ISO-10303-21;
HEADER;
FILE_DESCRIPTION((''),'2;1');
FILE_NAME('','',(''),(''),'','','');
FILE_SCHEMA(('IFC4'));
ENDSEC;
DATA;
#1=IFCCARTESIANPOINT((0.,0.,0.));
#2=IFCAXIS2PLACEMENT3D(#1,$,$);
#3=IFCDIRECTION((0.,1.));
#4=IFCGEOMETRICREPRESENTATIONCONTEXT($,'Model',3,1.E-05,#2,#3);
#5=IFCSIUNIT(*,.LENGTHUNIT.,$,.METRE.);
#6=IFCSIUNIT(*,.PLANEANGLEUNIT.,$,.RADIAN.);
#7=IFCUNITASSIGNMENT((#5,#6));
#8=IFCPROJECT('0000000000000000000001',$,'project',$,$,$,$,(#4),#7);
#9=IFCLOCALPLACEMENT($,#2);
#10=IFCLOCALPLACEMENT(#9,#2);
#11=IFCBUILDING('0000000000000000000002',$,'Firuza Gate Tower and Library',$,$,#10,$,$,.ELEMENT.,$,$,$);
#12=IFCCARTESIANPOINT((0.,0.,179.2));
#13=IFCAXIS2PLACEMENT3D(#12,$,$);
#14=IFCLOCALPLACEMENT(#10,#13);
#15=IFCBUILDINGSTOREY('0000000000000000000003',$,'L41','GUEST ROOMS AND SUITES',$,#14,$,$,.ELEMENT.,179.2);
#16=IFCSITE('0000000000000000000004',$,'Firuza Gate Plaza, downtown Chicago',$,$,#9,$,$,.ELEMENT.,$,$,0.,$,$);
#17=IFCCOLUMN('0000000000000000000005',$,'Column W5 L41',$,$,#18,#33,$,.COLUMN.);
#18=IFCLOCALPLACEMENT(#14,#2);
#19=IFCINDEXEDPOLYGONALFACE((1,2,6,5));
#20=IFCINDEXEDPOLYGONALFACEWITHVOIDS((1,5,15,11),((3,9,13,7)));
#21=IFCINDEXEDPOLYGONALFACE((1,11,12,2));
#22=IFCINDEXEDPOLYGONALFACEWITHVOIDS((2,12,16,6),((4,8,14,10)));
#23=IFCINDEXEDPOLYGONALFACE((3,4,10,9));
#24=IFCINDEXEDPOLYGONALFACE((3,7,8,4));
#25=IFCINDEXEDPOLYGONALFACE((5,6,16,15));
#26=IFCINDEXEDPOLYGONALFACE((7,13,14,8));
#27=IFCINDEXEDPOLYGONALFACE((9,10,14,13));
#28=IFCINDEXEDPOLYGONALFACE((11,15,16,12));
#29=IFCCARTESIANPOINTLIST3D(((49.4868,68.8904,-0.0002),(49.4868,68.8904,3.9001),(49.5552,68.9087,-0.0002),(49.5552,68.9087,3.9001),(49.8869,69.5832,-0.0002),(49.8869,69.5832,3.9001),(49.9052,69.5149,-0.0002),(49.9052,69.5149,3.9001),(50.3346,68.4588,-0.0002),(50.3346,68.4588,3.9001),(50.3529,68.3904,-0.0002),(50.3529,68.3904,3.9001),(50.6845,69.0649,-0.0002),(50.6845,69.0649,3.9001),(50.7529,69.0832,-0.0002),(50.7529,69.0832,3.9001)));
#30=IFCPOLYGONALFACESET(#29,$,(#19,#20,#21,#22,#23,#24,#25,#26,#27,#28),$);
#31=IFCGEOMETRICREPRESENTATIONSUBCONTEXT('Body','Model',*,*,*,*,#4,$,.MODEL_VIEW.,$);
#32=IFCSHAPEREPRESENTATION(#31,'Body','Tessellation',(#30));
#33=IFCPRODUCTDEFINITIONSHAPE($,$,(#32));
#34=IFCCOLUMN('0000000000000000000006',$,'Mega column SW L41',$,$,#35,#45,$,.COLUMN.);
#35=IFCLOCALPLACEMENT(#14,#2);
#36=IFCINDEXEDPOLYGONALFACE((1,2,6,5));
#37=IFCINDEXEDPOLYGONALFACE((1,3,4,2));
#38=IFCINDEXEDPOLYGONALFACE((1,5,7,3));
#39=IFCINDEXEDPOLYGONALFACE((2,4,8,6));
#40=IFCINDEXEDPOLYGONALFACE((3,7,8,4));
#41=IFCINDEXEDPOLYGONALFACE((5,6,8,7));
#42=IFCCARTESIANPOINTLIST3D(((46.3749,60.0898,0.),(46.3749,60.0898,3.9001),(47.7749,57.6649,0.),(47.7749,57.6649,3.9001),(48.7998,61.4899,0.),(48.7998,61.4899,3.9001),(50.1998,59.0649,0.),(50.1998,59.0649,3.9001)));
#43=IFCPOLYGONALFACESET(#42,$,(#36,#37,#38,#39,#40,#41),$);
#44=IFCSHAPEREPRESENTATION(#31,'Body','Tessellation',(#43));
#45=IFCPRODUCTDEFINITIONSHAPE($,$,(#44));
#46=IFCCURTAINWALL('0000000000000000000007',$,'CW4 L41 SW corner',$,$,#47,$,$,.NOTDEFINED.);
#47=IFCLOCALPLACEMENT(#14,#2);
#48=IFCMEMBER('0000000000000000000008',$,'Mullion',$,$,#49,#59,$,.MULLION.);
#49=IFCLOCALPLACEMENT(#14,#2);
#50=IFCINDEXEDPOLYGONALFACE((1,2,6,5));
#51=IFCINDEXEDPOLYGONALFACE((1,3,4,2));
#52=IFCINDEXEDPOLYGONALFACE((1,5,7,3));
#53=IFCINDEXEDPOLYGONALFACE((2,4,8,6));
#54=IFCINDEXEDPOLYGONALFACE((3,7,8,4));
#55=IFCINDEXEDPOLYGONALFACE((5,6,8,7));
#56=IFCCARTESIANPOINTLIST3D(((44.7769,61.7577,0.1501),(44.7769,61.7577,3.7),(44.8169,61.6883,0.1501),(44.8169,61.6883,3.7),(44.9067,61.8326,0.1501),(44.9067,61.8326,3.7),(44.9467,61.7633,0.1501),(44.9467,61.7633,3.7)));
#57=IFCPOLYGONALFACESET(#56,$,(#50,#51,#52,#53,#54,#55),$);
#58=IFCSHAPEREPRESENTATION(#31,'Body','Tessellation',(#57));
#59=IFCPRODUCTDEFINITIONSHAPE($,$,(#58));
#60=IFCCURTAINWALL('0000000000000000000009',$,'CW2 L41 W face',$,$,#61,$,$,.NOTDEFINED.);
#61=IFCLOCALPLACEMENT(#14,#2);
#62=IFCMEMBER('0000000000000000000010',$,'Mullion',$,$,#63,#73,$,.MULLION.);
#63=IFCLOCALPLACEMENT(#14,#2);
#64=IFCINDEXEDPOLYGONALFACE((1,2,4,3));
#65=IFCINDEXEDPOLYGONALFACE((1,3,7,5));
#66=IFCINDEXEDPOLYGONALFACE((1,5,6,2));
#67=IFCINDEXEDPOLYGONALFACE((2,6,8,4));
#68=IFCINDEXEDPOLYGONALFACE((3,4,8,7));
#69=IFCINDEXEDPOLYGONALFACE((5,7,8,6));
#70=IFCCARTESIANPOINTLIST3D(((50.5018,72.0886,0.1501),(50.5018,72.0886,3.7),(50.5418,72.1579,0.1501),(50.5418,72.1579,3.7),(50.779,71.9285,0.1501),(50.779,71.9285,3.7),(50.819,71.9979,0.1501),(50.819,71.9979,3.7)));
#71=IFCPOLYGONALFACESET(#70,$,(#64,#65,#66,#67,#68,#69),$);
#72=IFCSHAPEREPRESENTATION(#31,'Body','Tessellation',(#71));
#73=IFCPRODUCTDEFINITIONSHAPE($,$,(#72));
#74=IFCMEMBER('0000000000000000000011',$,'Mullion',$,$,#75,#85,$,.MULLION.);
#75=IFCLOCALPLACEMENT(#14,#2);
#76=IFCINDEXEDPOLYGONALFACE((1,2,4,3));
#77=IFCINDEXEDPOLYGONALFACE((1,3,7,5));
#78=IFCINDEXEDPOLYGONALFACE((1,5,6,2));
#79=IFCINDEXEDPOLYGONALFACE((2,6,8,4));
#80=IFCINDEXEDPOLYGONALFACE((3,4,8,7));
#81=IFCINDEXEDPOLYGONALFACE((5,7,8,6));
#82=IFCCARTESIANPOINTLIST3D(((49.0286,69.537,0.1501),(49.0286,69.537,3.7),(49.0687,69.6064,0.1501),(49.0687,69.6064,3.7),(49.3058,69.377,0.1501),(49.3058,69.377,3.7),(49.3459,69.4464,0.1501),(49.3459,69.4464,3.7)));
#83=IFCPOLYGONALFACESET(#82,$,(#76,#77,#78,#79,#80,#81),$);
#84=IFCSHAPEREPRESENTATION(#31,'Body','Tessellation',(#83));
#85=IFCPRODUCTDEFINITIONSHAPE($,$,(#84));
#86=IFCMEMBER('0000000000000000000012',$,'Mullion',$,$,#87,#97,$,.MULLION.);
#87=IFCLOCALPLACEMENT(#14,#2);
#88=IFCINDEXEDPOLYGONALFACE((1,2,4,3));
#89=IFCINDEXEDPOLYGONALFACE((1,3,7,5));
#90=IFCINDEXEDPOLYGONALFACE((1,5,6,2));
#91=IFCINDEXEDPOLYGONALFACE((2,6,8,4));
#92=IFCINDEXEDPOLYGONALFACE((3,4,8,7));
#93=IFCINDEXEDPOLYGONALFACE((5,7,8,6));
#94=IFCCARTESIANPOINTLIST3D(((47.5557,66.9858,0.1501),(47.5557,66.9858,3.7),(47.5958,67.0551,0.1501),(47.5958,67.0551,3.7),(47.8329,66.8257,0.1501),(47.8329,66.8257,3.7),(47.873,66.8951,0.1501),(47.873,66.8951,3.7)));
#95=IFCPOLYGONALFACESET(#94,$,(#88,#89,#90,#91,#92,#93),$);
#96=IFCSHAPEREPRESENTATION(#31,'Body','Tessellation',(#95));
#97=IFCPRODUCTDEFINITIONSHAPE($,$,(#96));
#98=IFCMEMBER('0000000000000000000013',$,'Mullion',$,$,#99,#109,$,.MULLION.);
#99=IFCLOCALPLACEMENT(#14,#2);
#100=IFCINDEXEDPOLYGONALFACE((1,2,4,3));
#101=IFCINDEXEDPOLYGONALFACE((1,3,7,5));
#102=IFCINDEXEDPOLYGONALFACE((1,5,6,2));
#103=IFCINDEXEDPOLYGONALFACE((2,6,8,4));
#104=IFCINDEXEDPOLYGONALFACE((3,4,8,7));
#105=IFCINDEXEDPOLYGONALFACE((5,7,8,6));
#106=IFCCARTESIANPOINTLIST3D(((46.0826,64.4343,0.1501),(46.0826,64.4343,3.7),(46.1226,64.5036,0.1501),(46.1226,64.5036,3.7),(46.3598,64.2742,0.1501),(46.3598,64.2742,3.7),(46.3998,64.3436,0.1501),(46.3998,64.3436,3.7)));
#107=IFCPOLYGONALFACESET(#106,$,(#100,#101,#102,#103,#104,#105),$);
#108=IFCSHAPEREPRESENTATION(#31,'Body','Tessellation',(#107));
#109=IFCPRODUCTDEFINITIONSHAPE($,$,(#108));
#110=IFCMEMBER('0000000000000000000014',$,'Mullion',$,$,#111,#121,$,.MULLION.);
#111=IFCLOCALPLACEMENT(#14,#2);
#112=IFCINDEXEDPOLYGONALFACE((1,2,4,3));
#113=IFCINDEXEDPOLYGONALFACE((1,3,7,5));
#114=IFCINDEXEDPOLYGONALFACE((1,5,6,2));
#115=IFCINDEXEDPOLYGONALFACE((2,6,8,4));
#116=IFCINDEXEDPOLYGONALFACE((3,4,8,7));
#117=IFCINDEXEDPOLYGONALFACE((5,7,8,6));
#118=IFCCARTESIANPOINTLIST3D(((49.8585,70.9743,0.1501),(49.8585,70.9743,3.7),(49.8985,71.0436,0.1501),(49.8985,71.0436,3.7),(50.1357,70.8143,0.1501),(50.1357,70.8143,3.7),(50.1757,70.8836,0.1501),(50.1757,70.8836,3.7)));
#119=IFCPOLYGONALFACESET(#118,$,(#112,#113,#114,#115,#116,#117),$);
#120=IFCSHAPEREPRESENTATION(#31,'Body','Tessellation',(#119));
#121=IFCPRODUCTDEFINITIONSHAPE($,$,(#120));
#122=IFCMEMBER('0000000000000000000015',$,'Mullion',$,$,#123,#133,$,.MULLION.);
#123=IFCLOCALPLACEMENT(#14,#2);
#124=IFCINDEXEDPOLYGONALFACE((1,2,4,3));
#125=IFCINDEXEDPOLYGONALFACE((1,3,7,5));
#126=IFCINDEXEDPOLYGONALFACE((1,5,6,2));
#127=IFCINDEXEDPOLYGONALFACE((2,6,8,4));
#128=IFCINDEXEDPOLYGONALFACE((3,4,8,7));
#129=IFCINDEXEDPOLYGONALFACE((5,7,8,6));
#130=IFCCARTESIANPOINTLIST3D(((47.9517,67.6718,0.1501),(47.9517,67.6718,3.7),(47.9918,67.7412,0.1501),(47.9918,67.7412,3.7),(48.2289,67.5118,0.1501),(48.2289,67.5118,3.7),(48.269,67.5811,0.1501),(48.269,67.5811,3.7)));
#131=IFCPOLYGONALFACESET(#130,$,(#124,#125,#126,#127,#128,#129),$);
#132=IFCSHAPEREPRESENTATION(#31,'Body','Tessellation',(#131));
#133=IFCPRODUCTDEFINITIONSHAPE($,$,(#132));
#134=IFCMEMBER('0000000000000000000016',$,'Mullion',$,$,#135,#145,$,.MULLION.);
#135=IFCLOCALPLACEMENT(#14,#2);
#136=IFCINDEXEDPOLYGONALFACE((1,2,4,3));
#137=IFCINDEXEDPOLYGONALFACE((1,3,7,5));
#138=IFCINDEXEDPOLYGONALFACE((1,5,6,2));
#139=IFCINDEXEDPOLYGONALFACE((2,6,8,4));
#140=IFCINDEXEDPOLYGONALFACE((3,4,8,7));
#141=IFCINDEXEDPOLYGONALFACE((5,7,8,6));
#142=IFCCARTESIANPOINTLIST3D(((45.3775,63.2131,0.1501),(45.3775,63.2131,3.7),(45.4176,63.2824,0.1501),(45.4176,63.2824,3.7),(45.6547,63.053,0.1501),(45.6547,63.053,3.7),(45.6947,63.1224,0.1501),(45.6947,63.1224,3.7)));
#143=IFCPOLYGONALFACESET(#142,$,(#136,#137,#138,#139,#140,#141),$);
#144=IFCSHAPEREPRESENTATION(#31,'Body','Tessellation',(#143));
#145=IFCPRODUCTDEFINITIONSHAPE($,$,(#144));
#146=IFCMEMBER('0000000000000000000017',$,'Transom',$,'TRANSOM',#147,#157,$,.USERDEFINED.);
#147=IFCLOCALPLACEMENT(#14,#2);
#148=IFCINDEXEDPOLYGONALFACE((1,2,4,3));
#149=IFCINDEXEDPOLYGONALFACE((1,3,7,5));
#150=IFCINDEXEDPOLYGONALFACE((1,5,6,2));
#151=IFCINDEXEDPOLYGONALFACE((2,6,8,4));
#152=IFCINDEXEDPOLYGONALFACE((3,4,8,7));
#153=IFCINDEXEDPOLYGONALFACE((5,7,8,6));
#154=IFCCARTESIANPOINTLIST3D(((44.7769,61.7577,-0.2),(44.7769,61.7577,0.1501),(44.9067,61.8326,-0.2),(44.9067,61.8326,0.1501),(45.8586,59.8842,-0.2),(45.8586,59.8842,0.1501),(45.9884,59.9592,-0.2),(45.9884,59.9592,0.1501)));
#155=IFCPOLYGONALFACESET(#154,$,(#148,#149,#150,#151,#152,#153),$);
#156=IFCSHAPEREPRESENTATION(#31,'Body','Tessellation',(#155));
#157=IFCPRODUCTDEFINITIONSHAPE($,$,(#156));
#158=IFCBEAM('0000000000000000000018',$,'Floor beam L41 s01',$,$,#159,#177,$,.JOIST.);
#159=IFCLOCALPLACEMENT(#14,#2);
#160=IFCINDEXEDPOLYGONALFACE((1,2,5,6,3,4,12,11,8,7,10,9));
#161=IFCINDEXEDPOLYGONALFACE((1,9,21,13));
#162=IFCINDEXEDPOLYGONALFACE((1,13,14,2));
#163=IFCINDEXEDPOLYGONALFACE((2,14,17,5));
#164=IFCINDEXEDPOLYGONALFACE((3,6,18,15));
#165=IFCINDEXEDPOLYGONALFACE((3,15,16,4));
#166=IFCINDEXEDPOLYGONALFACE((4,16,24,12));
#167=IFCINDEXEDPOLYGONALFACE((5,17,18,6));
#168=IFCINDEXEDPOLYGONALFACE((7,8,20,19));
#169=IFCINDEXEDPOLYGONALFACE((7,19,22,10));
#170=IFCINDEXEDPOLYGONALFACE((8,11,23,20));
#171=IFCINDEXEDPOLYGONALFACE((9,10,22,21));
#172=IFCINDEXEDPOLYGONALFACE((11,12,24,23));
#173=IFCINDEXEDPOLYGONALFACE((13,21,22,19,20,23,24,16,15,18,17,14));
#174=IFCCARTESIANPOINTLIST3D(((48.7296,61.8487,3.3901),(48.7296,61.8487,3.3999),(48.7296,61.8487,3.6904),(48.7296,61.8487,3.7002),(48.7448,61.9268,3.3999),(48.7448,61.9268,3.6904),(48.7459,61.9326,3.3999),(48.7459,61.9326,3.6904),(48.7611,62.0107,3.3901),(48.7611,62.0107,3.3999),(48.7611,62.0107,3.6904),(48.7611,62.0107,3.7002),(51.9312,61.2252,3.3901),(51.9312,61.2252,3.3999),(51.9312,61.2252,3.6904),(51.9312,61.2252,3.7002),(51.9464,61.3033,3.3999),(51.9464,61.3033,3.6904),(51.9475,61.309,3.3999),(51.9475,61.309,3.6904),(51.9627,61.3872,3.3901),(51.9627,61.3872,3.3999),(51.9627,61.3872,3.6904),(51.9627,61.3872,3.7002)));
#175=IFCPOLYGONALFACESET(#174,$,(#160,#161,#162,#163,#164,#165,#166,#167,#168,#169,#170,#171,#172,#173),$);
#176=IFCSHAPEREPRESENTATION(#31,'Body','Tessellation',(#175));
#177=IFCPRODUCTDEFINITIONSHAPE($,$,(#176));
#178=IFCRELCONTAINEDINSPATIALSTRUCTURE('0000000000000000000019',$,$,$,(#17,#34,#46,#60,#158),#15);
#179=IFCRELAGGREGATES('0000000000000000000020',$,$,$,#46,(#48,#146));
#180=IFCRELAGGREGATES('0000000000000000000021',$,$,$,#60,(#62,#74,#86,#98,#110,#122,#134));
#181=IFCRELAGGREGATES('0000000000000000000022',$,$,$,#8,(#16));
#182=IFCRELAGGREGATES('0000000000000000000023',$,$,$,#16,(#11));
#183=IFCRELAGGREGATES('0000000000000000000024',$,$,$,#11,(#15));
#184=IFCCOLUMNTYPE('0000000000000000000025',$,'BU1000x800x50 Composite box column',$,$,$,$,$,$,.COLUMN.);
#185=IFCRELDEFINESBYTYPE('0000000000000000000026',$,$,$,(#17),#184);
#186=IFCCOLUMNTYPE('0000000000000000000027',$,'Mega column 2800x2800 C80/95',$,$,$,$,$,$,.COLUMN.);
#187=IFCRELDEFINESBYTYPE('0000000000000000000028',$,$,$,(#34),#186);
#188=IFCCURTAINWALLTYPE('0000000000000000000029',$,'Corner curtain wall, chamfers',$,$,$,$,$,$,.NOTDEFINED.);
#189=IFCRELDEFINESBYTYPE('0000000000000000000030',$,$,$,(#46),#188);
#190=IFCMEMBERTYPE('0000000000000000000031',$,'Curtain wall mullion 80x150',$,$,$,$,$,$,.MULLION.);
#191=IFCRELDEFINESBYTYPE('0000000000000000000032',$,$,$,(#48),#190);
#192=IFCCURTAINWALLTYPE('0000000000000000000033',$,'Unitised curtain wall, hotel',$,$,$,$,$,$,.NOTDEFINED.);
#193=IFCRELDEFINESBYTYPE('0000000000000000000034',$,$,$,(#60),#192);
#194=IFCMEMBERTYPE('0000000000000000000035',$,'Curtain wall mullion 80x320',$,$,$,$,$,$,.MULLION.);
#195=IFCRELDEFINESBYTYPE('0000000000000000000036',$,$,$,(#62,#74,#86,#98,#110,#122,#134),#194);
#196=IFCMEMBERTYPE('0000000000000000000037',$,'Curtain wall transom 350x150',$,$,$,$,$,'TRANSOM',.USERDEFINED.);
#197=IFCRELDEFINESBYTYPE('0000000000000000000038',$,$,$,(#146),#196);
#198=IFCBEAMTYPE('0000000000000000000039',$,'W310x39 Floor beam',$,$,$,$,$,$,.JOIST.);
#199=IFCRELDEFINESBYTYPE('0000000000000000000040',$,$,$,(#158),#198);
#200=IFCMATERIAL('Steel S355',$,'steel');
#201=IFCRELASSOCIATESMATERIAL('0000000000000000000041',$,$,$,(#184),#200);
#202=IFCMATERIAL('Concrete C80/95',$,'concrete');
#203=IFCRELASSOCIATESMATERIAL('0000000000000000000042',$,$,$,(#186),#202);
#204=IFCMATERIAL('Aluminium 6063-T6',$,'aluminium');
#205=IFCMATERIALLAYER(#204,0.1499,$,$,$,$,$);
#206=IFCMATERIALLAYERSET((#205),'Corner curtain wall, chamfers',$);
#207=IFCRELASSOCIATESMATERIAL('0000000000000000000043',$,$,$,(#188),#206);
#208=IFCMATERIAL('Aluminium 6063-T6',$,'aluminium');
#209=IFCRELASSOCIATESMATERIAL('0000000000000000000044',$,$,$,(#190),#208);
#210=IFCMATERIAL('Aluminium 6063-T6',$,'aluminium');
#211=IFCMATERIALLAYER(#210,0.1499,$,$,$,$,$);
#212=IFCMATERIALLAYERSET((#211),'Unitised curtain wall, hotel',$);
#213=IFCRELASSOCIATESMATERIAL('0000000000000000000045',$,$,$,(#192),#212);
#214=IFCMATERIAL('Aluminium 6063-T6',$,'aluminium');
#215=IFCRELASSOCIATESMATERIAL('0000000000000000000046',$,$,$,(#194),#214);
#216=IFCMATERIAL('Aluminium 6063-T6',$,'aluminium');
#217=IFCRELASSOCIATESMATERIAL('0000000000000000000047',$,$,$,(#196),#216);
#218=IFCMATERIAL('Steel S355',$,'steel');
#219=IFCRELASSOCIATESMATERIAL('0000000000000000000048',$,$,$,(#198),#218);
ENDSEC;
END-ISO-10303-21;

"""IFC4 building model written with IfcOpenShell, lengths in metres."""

from ifc_helpers import new_model, si_unit, direction, frame, origin, origin_2d, place, context, subcontext, project, spatial, rectangle, hollow_rectangle, i_section, extrude, material, layer, layer_set, material_profile, profile_set, type_object, element, aggregate, save


model = new_model("IFC4")

# Units and contexts
model_context = context("Model", 3, precision=1e-05, world=origin(), true_north=direction((0.0, 1.0)))
body_context = subcontext(model_context, "Body", "Model", "MODEL_VIEW")
ifc_project = project(units=[si_unit("LENGTHUNIT", "METRE"), si_unit("PLANEANGLEUNIT", "RADIAN")], contexts=[model_context])

# Site, building, storey
site_placement = place(None, origin())
site = spatial("IfcSite", under=ifc_project, at=site_placement, Name="Firuza Gate Plaza, downtown Chicago", CompositionType="ELEMENT", RefElevation=0.0)
building_placement = place(site_placement, origin())
building = spatial("IfcBuilding", under=site, at=building_placement, Name="Firuza Gate Tower and Library", CompositionType="ELEMENT")
storey_placement = place(building_placement, frame((0.0, 0.0, 179.2)))
storey = spatial("IfcBuildingStorey", under=building, at=storey_placement, Name="L41", Description="GUEST ROOMS AND SUITES", CompositionType="ELEMENT", Elevation=179.2)

# Columns
ifc_material_1 = material(Name="Steel S355", Category="steel")
ifc_material_profile_1 = material_profile(ifc_material_1, hollow_rectangle(XDim=0.8, YDim=1.0, WallThickness=0.05, at=origin_2d()))
ifc_profile_set_1 = profile_set([ifc_material_profile_1], Name="Steel S355")
column_type_1 = type_object("IfcColumnType", Name="BU1000x800x50 Composite box column", PredefinedType="COLUMN", material=ifc_profile_set_1)
column_1_placement = place(storey_placement, frame((50.1199, 68.9868, -0.0002), z_axis=(0.0, 0.0, 1.0), x_axis=(-0.5, -0.866025, 0.0)))
element("IfcColumn", 1, at=column_1_placement, inside=storey, type_object=column_type_1, Name="Column W5 L41", PredefinedType="COLUMN", context=body_context, shape_type="SweptSolid", body=[
    extrude(hollow_rectangle(XDim=0.8, YDim=1.0, WallThickness=0.05, at=origin_2d()), origin(), (0.0, 0.0, 1.0), 3.9004),
])
ifc_material_2 = material(Name="Concrete C80/95", Category="concrete")
ifc_material_profile_2 = material_profile(ifc_material_2, rectangle(XDim=2.8, YDim=2.8, at=origin_2d()))
ifc_profile_set_2 = profile_set([ifc_material_profile_2], Name="Concrete C80/95")
column_type_2 = type_object("IfcColumnType", Name="Mega column 2800x2800 C80/95", PredefinedType="COLUMN", material=ifc_profile_set_2)
column_2_placement = place(storey_placement, frame((48.2874, 59.5774, 0.0), z_axis=(0.0, 0.0, 1.0), x_axis=(0.5, -0.866025, 0.0)))
element("IfcColumn", 2, at=column_2_placement, inside=storey, type_object=column_type_2, Name="Mega column SW L41", PredefinedType="COLUMN", context=body_context, shape_type="SweptSolid", body=[
    extrude(rectangle(XDim=2.8, YDim=2.8, at=origin_2d()), origin(), (0.0, 0.0, 1.0), 3.9001),
])

# Curtain wall, member
ifc_material_3 = material(Name="Aluminium 6063-T6", Category="aluminium")
ifc_layer_1 = layer(ifc_material_3, 0.1499)
ifc_layer_set_1 = layer_set([ifc_layer_1], Name="Corner curtain wall, chamfers")
curtain_wall_type_1 = type_object("IfcCurtainWallType", Name="Corner curtain wall, chamfers", PredefinedType="NOTDEFINED", material=ifc_layer_set_1)
placement = place(storey_placement, origin())
curtain_wall_1 = element("IfcCurtainWall", 3, at=placement, inside=storey, type_object=curtain_wall_type_1, Name="CW4 L41 SW corner", PredefinedType="NOTDEFINED")
ifc_material_4 = material(Name="Aluminium 6063-T6", Category="aluminium")
ifc_material_profile_3 = material_profile(ifc_material_4, rectangle(XDim=0.1499, YDim=0.0801, at=origin_2d()))
ifc_profile_set_3 = profile_set([ifc_material_profile_3], Name="Aluminium 6063-T6")
member_type_1 = type_object("IfcMemberType", Name="Curtain wall mullion 80x150", PredefinedType="MULLION", material=ifc_profile_set_3)
member_1_placement = place(storey_placement, frame((44.8618, 61.7605, 0.1501), z_axis=(0.0, 0.0, 1.0), x_axis=(0.866025, 0.5, 0.0)))
member_1 = element("IfcMember", 4, at=member_1_placement, type_object=member_type_1, Name="Mullion", PredefinedType="MULLION", context=body_context, shape_type="SweptSolid", body=[
    extrude(rectangle(XDim=0.1499, YDim=0.0801, at=origin_2d()), origin(), (0.0, 0.0, 1.0), 3.5498),
])

# Curtain wall, members
ifc_material_5 = material(Name="Aluminium 6063-T6", Category="aluminium")
ifc_layer_2 = layer(ifc_material_5, 0.1499)
ifc_layer_set_2 = layer_set([ifc_layer_2], Name="Unitised curtain wall, hotel")
curtain_wall_type_2 = type_object("IfcCurtainWallType", Name="Unitised curtain wall, hotel", PredefinedType="NOTDEFINED", material=ifc_layer_set_2)
curtain_wall_2 = element("IfcCurtainWall", 5, at=placement, inside=storey, type_object=curtain_wall_type_2, Name="CW2 L41 W face", PredefinedType="NOTDEFINED")
ifc_material_6 = material(Name="Aluminium 6063-T6", Category="aluminium")
ifc_material_profile_4 = material_profile(ifc_material_6, rectangle(XDim=0.3201, YDim=0.0801, at=origin_2d()))
ifc_profile_set_4 = profile_set([ifc_material_profile_4], Name="Aluminium 6063-T6")
member_type_2 = type_object("IfcMemberType", Name="Curtain wall mullion 80x320", PredefinedType="MULLION", material=ifc_profile_set_4)
member_2_placement = place(storey_placement, frame((50.6604, 72.0432, 0.1501), z_axis=(0.0, 0.0, 1.0), x_axis=(0.866025, -0.5, 0.0)))
member_2 = element("IfcMember", 6, at=member_2_placement, type_object=member_type_2, Name="Mullion", PredefinedType="MULLION", context=body_context, shape_type="SweptSolid", body=[
    extrude(rectangle(XDim=0.3201, YDim=0.0801, at=origin_2d()), origin(), (0.0, 0.0, 1.0), 3.5498),
])
member_3_placement = place(storey_placement, frame((49.1873, 69.4917, 0.1501), z_axis=(0.0, 0.0, 1.0), x_axis=(0.866025, -0.5, 0.0)))
member_3 = element("IfcMember", 7, at=member_3_placement, type_object=member_type_2, Name="Mullion", PredefinedType="MULLION", context=body_context, shape_type="SweptSolid", body=[
    extrude(rectangle(XDim=0.3201, YDim=0.0801, at=origin_2d()), origin(), (0.0, 0.0, 1.0), 3.5498),
])
member_4_placement = place(storey_placement, frame((47.7144, 66.9404, 0.1501), z_axis=(0.0, 0.0, 1.0), x_axis=(0.866025, -0.5, 0.0)))
member_4 = element("IfcMember", 8, at=member_4_placement, type_object=member_type_2, Name="Mullion", PredefinedType="MULLION", context=body_context, shape_type="SweptSolid", body=[
    extrude(rectangle(XDim=0.3201, YDim=0.0801, at=origin_2d()), origin(), (0.0, 0.0, 1.0), 3.5498),
])
member_5_placement = place(storey_placement, frame((46.2412, 64.3889, 0.1501), z_axis=(0.0, 0.0, 1.0), x_axis=(0.866025, -0.5, 0.0)))
member_5 = element("IfcMember", 9, at=member_5_placement, type_object=member_type_2, Name="Mullion", PredefinedType="MULLION", context=body_context, shape_type="SweptSolid", body=[
    extrude(rectangle(XDim=0.3201, YDim=0.0801, at=origin_2d()), origin(), (0.0, 0.0, 1.0), 3.5498),
])
member_6_placement = place(storey_placement, frame((50.0171, 70.929, 0.1501), z_axis=(0.0, 0.0, 1.0), x_axis=(0.866025, -0.5, 0.0)))
member_6 = element("IfcMember", 10, at=member_6_placement, type_object=member_type_2, Name="Mullion", PredefinedType="MULLION", context=body_context, shape_type="SweptSolid", body=[
    extrude(rectangle(XDim=0.3201, YDim=0.0801, at=origin_2d()), origin(), (0.0, 0.0, 1.0), 3.5498),
])
member_7_placement = place(storey_placement, frame((48.1104, 67.6265, 0.1501), z_axis=(0.0, 0.0, 1.0), x_axis=(0.866025, -0.5, 0.0)))
member_7 = element("IfcMember", 11, at=member_7_placement, type_object=member_type_2, Name="Mullion", PredefinedType="MULLION", context=body_context, shape_type="SweptSolid", body=[
    extrude(rectangle(XDim=0.3201, YDim=0.0801, at=origin_2d()), origin(), (0.0, 0.0, 1.0), 3.5498),
])
member_8_placement = place(storey_placement, frame((45.5361, 63.1677, 0.1501), z_axis=(0.0, 0.0, 1.0), x_axis=(0.866025, -0.5, 0.0)))
member_8 = element("IfcMember", 12, at=member_8_placement, type_object=member_type_2, Name="Mullion", PredefinedType="MULLION", context=body_context, shape_type="SweptSolid", body=[
    extrude(rectangle(XDim=0.3201, YDim=0.0801, at=origin_2d()), origin(), (0.0, 0.0, 1.0), 3.5498),
])

# Member
ifc_material_7 = material(Name="Aluminium 6063-T6", Category="aluminium")
ifc_material_profile_5 = material_profile(ifc_material_7, rectangle(XDim=0.1499, YDim=0.3501, at=origin_2d()))
ifc_profile_set_5 = profile_set([ifc_material_profile_5], Name="Aluminium 6063-T6")
member_type_3 = type_object("IfcMemberType", Name="Curtain wall transom 350x150", ElementType="TRANSOM", PredefinedType="USERDEFINED", material=ifc_profile_set_5)
member_9_placement = place(storey_placement, frame((44.8418, 61.7952, -0.0249), z_axis=(0.500035, -0.866005, 0.0), x_axis=(0.866005, 0.500035, 0.0)))
member_9 = element("IfcMember", 13, at=member_9_placement, type_object=member_type_3, Name="Transom", ObjectType="TRANSOM", PredefinedType="USERDEFINED", context=body_context, shape_type="SweptSolid", body=[
    extrude(rectangle(XDim=0.1499, YDim=0.3501, at=origin_2d()), origin(), (0.0, 0.0, 1.0), 2.1633),
])

# Beam
ifc_material_8 = material(Name="Steel S355", Category="steel")
ifc_material_profile_6 = material_profile(ifc_material_8, i_section(OverallWidth=0.165, OverallDepth=0.3101, WebThickness=0.0059, FlangeThickness=0.0098, at=origin_2d()))
ifc_profile_set_6 = profile_set([ifc_material_profile_6], Name="Steel S355")
beam_type_1 = type_object("IfcBeamType", Name="W310x39 Floor beam", PredefinedType="JOIST", material=ifc_profile_set_6)
beam_1_placement = place(storey_placement, frame((48.7454, 61.9297, 3.5452), z_axis=(0.981558, -0.191162, 0.0), x_axis=(0.191162, 0.981558, 0.0)))
element("IfcBeam", 14, at=beam_1_placement, inside=storey, type_object=beam_type_1, Name="Floor beam L41 s01", PredefinedType="JOIST", context=body_context, shape_type="SweptSolid", body=[
    extrude(i_section(OverallWidth=0.165, OverallDepth=0.3101, WebThickness=0.0059, FlangeThickness=0.0098, at=origin_2d()), origin(), (0.0, 0.0, 1.0), 3.2617),
])

aggregate(curtain_wall_1, [member_1, member_9])
aggregate(curtain_wall_2, [member_2, member_3, member_4, member_5, member_6, member_7, member_8])

save(model, "model.ifc")
